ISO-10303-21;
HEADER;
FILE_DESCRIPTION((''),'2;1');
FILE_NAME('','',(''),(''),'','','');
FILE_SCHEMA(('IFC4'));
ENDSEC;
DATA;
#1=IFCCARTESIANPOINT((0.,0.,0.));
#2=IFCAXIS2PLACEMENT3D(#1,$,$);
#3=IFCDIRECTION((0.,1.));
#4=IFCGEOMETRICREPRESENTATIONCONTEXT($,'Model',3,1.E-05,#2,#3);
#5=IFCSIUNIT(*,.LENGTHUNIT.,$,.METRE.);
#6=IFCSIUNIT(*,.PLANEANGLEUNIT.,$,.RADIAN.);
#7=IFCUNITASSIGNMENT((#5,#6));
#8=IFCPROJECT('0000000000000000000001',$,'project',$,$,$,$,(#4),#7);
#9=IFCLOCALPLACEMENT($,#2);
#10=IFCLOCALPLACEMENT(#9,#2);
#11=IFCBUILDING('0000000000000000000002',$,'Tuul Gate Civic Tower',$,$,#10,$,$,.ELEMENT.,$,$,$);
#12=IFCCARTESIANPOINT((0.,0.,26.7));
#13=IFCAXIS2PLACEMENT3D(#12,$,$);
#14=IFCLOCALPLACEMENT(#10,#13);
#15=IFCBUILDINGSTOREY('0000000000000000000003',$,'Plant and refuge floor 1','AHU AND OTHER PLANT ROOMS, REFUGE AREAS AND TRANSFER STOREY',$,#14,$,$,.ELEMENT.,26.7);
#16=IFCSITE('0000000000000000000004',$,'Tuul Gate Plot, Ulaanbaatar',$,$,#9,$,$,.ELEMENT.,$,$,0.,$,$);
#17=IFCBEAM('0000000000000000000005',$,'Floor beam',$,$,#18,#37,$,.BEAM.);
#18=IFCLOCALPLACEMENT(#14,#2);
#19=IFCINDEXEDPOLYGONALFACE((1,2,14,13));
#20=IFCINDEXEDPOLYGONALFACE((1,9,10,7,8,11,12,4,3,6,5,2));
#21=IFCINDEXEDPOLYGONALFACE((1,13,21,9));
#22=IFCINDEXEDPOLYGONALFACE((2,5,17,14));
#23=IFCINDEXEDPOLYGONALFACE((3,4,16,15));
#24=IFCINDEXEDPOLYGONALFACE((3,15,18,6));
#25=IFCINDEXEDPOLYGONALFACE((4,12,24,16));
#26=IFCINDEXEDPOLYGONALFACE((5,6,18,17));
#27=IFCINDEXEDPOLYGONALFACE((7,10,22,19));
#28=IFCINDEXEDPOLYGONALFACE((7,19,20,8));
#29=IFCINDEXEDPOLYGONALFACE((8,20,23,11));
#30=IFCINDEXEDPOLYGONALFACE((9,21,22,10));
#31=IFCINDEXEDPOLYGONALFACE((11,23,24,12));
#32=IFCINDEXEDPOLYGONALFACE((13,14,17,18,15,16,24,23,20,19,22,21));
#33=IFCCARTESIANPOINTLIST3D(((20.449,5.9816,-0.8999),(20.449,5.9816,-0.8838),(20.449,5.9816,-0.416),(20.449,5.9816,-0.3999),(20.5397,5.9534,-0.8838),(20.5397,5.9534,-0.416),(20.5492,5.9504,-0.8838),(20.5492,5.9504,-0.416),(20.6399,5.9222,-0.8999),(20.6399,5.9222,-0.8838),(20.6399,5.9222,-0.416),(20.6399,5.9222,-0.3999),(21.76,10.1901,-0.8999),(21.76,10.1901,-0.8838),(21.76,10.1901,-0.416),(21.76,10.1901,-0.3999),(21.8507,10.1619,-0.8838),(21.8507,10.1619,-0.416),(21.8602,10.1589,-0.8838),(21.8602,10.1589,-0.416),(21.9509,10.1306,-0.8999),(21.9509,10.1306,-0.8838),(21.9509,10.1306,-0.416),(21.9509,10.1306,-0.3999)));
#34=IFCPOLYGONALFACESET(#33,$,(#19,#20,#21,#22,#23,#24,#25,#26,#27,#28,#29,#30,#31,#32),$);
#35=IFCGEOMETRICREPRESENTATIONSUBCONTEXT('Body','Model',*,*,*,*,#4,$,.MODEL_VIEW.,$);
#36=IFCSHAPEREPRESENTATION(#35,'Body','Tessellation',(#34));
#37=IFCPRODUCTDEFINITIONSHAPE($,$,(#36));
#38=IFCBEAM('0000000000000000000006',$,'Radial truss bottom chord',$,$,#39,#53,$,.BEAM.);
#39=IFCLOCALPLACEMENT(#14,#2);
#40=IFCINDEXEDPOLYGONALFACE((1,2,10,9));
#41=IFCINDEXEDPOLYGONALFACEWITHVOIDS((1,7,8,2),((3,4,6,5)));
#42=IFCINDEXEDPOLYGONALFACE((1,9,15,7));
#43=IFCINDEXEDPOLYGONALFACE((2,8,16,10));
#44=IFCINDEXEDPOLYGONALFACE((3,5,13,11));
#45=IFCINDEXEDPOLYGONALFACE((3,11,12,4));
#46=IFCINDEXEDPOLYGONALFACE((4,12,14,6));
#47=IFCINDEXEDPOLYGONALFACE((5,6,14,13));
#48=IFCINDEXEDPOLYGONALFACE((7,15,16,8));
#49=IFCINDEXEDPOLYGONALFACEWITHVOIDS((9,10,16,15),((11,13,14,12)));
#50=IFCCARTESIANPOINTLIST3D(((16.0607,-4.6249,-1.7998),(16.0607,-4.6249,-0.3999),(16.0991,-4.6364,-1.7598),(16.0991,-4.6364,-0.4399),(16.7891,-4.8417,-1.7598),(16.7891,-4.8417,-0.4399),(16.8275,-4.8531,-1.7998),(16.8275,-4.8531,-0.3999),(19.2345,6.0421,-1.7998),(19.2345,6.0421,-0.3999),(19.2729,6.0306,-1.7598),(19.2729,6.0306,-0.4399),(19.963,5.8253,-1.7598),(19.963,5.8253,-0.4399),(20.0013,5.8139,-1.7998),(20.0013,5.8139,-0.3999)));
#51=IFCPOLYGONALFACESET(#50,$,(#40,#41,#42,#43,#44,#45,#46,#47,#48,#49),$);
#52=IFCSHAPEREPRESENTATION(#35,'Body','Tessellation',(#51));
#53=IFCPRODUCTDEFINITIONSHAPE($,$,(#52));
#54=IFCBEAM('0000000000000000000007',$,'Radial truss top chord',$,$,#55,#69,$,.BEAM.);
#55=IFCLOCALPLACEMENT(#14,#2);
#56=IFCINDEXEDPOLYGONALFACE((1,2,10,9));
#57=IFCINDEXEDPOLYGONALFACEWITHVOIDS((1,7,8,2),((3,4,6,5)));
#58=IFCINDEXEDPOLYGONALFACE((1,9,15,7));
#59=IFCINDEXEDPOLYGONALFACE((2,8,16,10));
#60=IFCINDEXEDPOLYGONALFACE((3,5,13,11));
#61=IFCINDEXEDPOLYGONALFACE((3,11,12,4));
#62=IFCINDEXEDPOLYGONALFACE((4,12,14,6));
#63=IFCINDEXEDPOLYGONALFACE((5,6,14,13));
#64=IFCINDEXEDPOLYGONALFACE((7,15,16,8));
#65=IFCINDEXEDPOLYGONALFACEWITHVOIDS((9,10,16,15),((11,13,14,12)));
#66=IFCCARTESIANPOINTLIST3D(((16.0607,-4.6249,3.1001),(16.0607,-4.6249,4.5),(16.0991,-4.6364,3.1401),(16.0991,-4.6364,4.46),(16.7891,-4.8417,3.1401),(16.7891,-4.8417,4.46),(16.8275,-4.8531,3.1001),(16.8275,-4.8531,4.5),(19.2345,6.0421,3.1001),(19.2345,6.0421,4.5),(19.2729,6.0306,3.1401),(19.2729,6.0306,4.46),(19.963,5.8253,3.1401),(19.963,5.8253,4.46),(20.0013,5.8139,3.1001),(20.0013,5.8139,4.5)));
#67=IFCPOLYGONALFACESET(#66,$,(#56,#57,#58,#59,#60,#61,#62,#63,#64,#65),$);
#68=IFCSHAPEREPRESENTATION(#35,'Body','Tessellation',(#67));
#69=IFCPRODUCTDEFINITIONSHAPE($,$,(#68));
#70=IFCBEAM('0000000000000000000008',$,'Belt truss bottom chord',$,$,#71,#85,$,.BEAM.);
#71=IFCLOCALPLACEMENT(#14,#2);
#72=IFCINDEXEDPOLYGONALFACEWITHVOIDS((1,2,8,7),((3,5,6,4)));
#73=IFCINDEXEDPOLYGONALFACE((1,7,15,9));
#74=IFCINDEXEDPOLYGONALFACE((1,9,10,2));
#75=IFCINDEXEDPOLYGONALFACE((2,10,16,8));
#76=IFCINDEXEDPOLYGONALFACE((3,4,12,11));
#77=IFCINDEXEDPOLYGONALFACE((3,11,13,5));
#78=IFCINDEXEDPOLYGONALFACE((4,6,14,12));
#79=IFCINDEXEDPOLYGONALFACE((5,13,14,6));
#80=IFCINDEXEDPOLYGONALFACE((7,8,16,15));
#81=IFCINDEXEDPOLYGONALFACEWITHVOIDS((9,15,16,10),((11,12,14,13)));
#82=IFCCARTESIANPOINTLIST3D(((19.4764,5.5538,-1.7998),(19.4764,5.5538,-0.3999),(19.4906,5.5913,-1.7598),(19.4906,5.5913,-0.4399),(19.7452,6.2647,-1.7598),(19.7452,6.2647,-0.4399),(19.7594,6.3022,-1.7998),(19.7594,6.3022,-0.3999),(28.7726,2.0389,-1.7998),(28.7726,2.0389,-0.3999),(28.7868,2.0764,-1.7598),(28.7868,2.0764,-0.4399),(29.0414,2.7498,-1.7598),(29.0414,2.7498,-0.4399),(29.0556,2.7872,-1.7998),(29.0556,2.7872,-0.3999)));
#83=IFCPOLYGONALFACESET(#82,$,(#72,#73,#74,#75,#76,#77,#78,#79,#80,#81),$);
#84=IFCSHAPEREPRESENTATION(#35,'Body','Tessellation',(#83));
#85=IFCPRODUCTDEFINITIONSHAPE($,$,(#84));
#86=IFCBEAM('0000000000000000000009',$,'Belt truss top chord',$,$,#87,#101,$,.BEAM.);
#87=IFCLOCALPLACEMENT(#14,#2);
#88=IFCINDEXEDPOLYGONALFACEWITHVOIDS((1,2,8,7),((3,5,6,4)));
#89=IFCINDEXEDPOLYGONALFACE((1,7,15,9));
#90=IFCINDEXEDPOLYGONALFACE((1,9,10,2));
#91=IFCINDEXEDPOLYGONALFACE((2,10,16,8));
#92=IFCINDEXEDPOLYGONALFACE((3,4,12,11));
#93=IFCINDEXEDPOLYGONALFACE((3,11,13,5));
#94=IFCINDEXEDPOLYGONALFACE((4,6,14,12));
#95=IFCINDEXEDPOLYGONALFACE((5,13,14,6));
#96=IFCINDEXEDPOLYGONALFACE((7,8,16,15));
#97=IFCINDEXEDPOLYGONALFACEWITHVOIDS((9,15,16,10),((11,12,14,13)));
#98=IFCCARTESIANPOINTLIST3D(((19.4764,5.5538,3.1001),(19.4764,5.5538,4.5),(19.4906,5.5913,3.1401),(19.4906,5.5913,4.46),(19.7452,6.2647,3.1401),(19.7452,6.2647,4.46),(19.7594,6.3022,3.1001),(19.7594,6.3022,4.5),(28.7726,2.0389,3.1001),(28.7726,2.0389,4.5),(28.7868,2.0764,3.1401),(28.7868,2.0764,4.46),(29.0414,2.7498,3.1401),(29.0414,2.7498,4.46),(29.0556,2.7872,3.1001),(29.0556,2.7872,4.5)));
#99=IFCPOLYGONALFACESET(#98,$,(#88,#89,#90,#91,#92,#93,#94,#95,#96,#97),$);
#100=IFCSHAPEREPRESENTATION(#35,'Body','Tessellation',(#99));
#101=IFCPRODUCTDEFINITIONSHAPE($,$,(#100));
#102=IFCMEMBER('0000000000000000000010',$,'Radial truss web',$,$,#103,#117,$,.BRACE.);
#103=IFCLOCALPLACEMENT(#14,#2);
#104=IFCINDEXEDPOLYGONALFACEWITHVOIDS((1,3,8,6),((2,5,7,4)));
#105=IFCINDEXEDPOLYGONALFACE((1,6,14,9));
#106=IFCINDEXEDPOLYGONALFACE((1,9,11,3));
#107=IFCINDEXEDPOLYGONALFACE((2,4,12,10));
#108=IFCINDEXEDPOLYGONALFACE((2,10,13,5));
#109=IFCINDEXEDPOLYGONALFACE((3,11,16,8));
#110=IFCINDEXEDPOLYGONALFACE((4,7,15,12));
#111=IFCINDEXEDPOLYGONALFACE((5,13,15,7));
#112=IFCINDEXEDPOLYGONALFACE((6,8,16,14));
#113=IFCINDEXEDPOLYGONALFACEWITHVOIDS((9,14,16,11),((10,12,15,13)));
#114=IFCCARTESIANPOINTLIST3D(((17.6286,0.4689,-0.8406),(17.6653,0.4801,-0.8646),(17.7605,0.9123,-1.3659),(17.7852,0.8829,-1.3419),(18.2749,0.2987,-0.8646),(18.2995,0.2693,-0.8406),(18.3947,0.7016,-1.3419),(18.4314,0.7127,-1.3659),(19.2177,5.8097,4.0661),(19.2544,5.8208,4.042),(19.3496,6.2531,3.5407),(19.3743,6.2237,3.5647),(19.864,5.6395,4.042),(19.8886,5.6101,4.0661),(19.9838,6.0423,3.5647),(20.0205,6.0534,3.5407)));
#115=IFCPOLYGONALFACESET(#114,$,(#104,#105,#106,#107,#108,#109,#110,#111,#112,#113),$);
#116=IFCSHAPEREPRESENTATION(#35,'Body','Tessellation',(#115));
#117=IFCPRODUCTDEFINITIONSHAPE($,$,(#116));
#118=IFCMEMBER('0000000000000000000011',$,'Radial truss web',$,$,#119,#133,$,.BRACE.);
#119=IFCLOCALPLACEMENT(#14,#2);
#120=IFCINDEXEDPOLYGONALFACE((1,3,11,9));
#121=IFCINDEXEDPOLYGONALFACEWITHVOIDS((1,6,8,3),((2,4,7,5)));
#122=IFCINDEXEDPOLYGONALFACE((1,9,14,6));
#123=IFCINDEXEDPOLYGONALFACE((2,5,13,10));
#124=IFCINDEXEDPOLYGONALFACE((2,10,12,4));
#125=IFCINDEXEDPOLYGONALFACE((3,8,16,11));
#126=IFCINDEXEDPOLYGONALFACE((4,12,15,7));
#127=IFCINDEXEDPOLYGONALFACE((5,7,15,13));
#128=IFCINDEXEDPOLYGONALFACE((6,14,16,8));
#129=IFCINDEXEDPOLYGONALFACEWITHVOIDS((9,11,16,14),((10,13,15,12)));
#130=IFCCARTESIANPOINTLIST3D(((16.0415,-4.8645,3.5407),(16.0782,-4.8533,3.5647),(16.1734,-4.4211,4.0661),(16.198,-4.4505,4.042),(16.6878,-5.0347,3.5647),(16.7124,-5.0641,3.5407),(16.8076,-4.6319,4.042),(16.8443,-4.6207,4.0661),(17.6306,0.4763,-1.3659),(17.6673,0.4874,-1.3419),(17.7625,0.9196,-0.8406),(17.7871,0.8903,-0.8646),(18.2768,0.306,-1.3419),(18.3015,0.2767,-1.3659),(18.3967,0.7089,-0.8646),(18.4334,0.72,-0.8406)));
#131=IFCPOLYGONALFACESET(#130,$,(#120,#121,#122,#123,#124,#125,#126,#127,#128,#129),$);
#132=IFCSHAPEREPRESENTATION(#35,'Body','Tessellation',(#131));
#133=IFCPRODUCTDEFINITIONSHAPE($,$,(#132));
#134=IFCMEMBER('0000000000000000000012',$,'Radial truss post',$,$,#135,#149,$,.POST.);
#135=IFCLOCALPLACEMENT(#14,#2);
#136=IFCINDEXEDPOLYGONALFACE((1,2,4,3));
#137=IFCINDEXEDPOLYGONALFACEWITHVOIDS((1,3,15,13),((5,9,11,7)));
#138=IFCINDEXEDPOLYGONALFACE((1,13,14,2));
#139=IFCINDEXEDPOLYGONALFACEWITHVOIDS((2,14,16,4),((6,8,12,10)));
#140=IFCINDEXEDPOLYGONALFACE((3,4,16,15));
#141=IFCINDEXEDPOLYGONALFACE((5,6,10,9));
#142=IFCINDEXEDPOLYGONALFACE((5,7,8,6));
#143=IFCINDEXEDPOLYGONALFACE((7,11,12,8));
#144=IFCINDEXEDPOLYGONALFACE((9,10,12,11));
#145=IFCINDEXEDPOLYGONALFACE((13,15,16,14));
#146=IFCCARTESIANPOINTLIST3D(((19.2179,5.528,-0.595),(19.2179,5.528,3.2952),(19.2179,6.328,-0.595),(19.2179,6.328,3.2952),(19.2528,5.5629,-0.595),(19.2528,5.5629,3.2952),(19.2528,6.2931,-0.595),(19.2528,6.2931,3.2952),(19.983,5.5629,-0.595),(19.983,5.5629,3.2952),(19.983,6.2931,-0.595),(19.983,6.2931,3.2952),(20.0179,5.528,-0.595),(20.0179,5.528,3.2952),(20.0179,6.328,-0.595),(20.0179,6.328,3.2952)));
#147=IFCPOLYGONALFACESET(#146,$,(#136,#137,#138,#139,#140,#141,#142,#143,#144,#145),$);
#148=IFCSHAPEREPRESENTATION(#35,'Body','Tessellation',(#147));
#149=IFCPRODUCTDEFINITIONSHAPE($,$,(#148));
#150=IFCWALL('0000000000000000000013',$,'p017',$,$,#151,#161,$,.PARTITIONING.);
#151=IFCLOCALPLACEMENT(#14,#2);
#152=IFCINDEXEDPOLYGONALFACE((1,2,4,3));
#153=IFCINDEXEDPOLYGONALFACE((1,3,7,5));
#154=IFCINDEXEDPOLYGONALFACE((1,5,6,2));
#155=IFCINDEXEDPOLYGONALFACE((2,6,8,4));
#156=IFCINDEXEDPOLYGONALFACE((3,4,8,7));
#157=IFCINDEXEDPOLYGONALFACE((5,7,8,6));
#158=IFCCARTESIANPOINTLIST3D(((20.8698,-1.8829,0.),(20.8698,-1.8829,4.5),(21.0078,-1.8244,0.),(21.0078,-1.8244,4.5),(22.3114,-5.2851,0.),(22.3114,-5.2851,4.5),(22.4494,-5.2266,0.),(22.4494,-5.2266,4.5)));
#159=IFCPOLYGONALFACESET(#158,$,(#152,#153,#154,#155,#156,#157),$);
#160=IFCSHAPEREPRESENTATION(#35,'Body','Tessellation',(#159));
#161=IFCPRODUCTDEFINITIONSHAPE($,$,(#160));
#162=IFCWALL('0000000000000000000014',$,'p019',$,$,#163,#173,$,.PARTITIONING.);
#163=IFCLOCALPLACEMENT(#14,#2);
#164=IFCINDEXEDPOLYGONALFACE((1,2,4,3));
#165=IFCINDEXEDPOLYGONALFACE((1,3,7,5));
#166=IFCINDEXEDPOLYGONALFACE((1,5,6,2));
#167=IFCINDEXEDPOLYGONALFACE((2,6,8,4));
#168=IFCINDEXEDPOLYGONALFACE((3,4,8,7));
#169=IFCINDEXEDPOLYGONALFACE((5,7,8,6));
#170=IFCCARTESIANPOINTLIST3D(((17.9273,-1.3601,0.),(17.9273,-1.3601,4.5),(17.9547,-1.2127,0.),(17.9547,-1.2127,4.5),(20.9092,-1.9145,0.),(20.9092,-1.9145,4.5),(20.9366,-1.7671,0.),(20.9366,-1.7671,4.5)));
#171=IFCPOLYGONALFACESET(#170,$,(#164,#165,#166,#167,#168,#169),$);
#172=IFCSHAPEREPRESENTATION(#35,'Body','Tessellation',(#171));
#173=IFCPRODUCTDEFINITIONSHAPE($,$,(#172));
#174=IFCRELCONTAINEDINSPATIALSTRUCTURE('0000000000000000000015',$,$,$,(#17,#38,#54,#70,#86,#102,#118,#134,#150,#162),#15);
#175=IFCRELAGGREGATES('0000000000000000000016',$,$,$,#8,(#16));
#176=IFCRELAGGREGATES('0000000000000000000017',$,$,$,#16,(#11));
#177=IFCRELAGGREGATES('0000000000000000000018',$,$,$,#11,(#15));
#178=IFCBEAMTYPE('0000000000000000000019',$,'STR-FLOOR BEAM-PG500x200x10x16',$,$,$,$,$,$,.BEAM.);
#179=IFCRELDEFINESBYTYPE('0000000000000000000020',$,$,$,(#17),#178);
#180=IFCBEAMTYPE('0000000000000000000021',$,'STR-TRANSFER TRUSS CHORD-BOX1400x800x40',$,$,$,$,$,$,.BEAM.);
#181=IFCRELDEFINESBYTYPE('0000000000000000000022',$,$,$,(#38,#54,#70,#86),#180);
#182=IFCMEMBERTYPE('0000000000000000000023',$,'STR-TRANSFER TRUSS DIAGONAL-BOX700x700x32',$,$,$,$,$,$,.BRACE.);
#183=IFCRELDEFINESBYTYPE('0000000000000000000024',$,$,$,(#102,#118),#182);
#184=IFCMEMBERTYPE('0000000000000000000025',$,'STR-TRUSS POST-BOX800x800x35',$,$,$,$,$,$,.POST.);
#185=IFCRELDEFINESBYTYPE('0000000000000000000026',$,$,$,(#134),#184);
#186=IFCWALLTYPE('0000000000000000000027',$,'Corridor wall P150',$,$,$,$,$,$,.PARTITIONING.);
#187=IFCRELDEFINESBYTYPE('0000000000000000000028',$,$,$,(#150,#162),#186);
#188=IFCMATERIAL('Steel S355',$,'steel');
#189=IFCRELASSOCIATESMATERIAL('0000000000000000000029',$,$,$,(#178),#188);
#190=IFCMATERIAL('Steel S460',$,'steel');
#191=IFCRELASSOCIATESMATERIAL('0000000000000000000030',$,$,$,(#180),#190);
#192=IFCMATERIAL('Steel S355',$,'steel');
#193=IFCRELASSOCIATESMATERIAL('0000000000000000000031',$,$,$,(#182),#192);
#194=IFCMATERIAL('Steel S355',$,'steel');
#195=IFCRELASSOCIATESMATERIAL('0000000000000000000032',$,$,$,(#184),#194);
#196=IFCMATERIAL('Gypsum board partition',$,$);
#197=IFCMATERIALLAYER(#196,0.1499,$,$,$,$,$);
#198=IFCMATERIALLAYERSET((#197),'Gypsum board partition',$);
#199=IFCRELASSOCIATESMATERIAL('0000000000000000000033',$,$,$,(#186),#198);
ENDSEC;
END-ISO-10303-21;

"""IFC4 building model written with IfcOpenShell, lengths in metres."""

from ifc_helpers import new_model, si_unit, direction, frame, frame_2d, origin, origin_2d, place, context, subcontext, project, spatial, rectangle, hollow_rectangle, i_section, extrude, material, layer, layer_set, material_profile, profile_set, type_object, element, save


model = new_model("IFC4")

# Units and contexts
model_context = context("Model", 3, precision=1e-05, world=origin(), true_north=direction((0.0, 1.0)))
body_context = subcontext(model_context, "Body", "Model", "MODEL_VIEW")
ifc_project = project(units=[si_unit("LENGTHUNIT", "METRE"), si_unit("PLANEANGLEUNIT", "RADIAN")], contexts=[model_context])

# Site, building, storey
site_placement = place(None, origin())
site = spatial("IfcSite", under=ifc_project, at=site_placement, Name="Tuul Gate Plot, Ulaanbaatar", CompositionType="ELEMENT", RefElevation=0.0)
building_placement = place(site_placement, origin())
building = spatial("IfcBuilding", under=site, at=building_placement, Name="Tuul Gate Civic Tower", CompositionType="ELEMENT")
storey_placement = place(building_placement, frame((0.0, 0.0, 26.7)))
storey = spatial("IfcBuildingStorey", under=building, at=storey_placement, Name="Plant and refuge floor 1", Description="AHU AND OTHER PLANT ROOMS, REFUGE AREAS AND TRANSFER STOREY", CompositionType="ELEMENT", Elevation=26.7)

# Beams
ifc_material_1 = material(Name="Steel S355", Category="steel")
ifc_material_profile_1 = material_profile(ifc_material_1, i_section(OverallWidth=0.2, OverallDepth=0.5, WebThickness=0.01, FlangeThickness=0.0161, at=origin_2d()), Name="PG500x200x10x16")
ifc_profile_set_1 = profile_set([ifc_material_profile_1], Name="Steel S355")
beam_type_1 = type_object("IfcBeamType", Name="STR-FLOOR BEAM-PG500x200x10x16", PredefinedType="BEAM", material=ifc_profile_set_1)
beam_placement = place(storey_placement, frame((20.5444, 5.9519, -0.6499), z_axis=(0.297423, 0.954746, 0.0), x_axis=(-0.954746, 0.297423, 0.0)))
element("IfcBeam", 1, at=beam_placement, inside=storey, type_object=beam_type_1, Name="Floor beam", PredefinedType="BEAM", context=body_context, shape_type="SweptSolid", body=[
    extrude(i_section(OverallWidth=0.2, OverallDepth=0.5, WebThickness=0.01, FlangeThickness=0.0161, at=origin_2d()), origin(), (0.0, 0.0, 1.0), 4.408),
])
ifc_material_2 = material(Name="Steel S460", Category="steel")
ifc_material_profile_2 = material_profile(ifc_material_2, hollow_rectangle(XDim=0.8, YDim=1.3999, WallThickness=0.04, at=origin_2d()), Name="BOX1400x800x40")
ifc_profile_set_2 = profile_set([ifc_material_profile_2], Name="Steel S460")
beam_type_2 = type_object("IfcBeamType", Name="STR-TRANSFER TRUSS CHORD-BOX1400x800x40", PredefinedType="BEAM", material=ifc_profile_set_2)
for number, where, z_axis, x_axis, name in (
    (2, (19.6179, 5.928, -1.0999), (-0.285182, -0.958473, 0.0), (0.958473, -0.285182, 0.0), "Radial truss bottom chord"),
    (3, (19.6179, 5.928, 3.8), (-0.285182, -0.958473, 0.0), (0.958473, -0.285182, 0.0), "Radial truss top chord"),
):
    element("IfcBeam", number, at=place(storey_placement, frame(where, z_axis=z_axis, x_axis=x_axis)), inside=storey, type_object=beam_type_2, Name=name, PredefinedType="BEAM", context=body_context, shape_type="SweptSolid", body=[
        extrude(hollow_rectangle(XDim=0.8, YDim=1.3999, WallThickness=0.04, at=origin_2d()), origin(), (0.0, 0.0, 1.0), 11.1292),
    ])
for number, where, z_axis, x_axis, name in (
    (4, (19.6179, 5.928, -1.0999), (0.935372, -0.353666, 0.0), (0.353666, 0.935372, 0.0), "Belt truss bottom chord"),
    (5, (19.6179, 5.928, 3.8), (0.935372, -0.353666, 0.0), (0.353666, 0.935372, 0.0), "Belt truss top chord"),
):
    element("IfcBeam", number, at=place(storey_placement, frame(where, z_axis=z_axis, x_axis=x_axis)), inside=storey, type_object=beam_type_2, Name=name, PredefinedType="BEAM", context=body_context, shape_type="SweptSolid", body=[
        extrude(hollow_rectangle(XDim=0.8, YDim=1.3999, WallThickness=0.04, at=origin_2d()), origin(), (0.0, 0.0, 1.0), 9.9385),
    ])

# Members
ifc_material_3 = material(Name="Steel S355", Category="steel")
ifc_material_profile_3 = material_profile(ifc_material_3, hollow_rectangle(XDim=0.7, YDim=0.7, WallThickness=0.032, at=origin_2d()), Name="BOX700x700x32")
ifc_profile_set_3 = profile_set([ifc_material_profile_3], Name="Steel S355")
member_type_1 = type_object("IfcMemberType", Name="STR-TRANSFER TRUSS DIAGONAL-BOX700x700x32", PredefinedType="BRACE", material=ifc_profile_set_3)
for number, where, z_axis, x_axis, name in (
    (6, (18.03, 0.5908, -1.1033), (0.214031, 0.719334, 0.66087), (-0.958473, 0.285185, 0.0), "Radial truss web"),
    (7, (18.032, 0.5981, -1.1033), (-0.214031, -0.719334, 0.66087), (0.958473, -0.285185, 0.0), "Radial truss web"),
):
    element("IfcMember", number, at=place(storey_placement, frame(where, z_axis=z_axis, x_axis=x_axis)), inside=storey, type_object=member_type_1, Name=name, PredefinedType="BRACE", context=body_context, shape_type="SweptSolid", body=[
        extrude(hollow_rectangle(XDim=0.7, YDim=0.7, WallThickness=0.032, at=origin_2d()), origin(), (0.0, 0.0, 1.0), 7.4246),
    ])
ifc_material_4 = material(Name="Steel S355", Category="steel")
ifc_material_profile_4 = material_profile(ifc_material_4, hollow_rectangle(XDim=0.8, YDim=0.8, WallThickness=0.0349, at=origin_2d()), Name="BOX800x800x35")
ifc_profile_set_4 = profile_set([ifc_material_profile_4], Name="Steel S355")
member_type_2 = type_object("IfcMemberType", Name="STR-TRUSS POST-BOX800x800x35", PredefinedType="POST", material=ifc_profile_set_4)
member_placement = place(storey_placement, frame((19.6179, 5.928, -0.595), z_axis=(0.0, 0.0, 1.0), x_axis=(1.0, 0.0, 0.0)))
element("IfcMember", 8, at=member_placement, inside=storey, type_object=member_type_2, Name="Radial truss post", PredefinedType="POST", context=body_context, shape_type="SweptSolid", body=[
    extrude(hollow_rectangle(XDim=0.8, YDim=0.8, WallThickness=0.0349, at=origin_2d()), origin(), (0.0, 0.0, 1.0), 3.8901),
])

# Walls
ifc_material_5 = material(Name="Gypsum board partition")
ifc_layer_1 = layer(ifc_material_5, 0.1499)
ifc_layer_set_1 = layer_set([ifc_layer_1], Name="Gypsum board partition")
wall_type_1 = type_object("IfcWallType", Name="Corridor wall P150", PredefinedType="PARTITIONING", material=ifc_layer_set_1)
wall_1_placement = place(storey_placement, frame((20.9387, -1.8535, 0.0), z_axis=(0.0, 0.0, 1.0), x_axis=(0.390144, -0.920754, 0.0)))
element("IfcWall", 9, at=wall_1_placement, inside=storey, type_object=wall_type_1, Name="p017", PredefinedType="PARTITIONING", context=body_context, shape_type="SweptSolid", body=[
    extrude(rectangle(XDim=3.6951, YDim=0.1499, at=frame_2d((1.8477, 0.0))), origin(), (0.0, 0.0, 1.0), 4.5),
])
wall_2_placement = place(storey_placement, frame((17.9409, -1.2864, 0.0), z_axis=(0.0, 0.0, 1.0), x_axis=(0.98315, -0.182801, 0.0)))
element("IfcWall", 10, at=wall_2_placement, inside=storey, type_object=wall_type_1, Name="p019", PredefinedType="PARTITIONING", context=body_context, shape_type="SweptSolid", body=[
    extrude(rectangle(XDim=3.033, YDim=0.1499, at=frame_2d((1.5166, 0.0))), origin(), (0.0, 0.0, 1.0), 4.5),
])

save(model, "model.ifc")
